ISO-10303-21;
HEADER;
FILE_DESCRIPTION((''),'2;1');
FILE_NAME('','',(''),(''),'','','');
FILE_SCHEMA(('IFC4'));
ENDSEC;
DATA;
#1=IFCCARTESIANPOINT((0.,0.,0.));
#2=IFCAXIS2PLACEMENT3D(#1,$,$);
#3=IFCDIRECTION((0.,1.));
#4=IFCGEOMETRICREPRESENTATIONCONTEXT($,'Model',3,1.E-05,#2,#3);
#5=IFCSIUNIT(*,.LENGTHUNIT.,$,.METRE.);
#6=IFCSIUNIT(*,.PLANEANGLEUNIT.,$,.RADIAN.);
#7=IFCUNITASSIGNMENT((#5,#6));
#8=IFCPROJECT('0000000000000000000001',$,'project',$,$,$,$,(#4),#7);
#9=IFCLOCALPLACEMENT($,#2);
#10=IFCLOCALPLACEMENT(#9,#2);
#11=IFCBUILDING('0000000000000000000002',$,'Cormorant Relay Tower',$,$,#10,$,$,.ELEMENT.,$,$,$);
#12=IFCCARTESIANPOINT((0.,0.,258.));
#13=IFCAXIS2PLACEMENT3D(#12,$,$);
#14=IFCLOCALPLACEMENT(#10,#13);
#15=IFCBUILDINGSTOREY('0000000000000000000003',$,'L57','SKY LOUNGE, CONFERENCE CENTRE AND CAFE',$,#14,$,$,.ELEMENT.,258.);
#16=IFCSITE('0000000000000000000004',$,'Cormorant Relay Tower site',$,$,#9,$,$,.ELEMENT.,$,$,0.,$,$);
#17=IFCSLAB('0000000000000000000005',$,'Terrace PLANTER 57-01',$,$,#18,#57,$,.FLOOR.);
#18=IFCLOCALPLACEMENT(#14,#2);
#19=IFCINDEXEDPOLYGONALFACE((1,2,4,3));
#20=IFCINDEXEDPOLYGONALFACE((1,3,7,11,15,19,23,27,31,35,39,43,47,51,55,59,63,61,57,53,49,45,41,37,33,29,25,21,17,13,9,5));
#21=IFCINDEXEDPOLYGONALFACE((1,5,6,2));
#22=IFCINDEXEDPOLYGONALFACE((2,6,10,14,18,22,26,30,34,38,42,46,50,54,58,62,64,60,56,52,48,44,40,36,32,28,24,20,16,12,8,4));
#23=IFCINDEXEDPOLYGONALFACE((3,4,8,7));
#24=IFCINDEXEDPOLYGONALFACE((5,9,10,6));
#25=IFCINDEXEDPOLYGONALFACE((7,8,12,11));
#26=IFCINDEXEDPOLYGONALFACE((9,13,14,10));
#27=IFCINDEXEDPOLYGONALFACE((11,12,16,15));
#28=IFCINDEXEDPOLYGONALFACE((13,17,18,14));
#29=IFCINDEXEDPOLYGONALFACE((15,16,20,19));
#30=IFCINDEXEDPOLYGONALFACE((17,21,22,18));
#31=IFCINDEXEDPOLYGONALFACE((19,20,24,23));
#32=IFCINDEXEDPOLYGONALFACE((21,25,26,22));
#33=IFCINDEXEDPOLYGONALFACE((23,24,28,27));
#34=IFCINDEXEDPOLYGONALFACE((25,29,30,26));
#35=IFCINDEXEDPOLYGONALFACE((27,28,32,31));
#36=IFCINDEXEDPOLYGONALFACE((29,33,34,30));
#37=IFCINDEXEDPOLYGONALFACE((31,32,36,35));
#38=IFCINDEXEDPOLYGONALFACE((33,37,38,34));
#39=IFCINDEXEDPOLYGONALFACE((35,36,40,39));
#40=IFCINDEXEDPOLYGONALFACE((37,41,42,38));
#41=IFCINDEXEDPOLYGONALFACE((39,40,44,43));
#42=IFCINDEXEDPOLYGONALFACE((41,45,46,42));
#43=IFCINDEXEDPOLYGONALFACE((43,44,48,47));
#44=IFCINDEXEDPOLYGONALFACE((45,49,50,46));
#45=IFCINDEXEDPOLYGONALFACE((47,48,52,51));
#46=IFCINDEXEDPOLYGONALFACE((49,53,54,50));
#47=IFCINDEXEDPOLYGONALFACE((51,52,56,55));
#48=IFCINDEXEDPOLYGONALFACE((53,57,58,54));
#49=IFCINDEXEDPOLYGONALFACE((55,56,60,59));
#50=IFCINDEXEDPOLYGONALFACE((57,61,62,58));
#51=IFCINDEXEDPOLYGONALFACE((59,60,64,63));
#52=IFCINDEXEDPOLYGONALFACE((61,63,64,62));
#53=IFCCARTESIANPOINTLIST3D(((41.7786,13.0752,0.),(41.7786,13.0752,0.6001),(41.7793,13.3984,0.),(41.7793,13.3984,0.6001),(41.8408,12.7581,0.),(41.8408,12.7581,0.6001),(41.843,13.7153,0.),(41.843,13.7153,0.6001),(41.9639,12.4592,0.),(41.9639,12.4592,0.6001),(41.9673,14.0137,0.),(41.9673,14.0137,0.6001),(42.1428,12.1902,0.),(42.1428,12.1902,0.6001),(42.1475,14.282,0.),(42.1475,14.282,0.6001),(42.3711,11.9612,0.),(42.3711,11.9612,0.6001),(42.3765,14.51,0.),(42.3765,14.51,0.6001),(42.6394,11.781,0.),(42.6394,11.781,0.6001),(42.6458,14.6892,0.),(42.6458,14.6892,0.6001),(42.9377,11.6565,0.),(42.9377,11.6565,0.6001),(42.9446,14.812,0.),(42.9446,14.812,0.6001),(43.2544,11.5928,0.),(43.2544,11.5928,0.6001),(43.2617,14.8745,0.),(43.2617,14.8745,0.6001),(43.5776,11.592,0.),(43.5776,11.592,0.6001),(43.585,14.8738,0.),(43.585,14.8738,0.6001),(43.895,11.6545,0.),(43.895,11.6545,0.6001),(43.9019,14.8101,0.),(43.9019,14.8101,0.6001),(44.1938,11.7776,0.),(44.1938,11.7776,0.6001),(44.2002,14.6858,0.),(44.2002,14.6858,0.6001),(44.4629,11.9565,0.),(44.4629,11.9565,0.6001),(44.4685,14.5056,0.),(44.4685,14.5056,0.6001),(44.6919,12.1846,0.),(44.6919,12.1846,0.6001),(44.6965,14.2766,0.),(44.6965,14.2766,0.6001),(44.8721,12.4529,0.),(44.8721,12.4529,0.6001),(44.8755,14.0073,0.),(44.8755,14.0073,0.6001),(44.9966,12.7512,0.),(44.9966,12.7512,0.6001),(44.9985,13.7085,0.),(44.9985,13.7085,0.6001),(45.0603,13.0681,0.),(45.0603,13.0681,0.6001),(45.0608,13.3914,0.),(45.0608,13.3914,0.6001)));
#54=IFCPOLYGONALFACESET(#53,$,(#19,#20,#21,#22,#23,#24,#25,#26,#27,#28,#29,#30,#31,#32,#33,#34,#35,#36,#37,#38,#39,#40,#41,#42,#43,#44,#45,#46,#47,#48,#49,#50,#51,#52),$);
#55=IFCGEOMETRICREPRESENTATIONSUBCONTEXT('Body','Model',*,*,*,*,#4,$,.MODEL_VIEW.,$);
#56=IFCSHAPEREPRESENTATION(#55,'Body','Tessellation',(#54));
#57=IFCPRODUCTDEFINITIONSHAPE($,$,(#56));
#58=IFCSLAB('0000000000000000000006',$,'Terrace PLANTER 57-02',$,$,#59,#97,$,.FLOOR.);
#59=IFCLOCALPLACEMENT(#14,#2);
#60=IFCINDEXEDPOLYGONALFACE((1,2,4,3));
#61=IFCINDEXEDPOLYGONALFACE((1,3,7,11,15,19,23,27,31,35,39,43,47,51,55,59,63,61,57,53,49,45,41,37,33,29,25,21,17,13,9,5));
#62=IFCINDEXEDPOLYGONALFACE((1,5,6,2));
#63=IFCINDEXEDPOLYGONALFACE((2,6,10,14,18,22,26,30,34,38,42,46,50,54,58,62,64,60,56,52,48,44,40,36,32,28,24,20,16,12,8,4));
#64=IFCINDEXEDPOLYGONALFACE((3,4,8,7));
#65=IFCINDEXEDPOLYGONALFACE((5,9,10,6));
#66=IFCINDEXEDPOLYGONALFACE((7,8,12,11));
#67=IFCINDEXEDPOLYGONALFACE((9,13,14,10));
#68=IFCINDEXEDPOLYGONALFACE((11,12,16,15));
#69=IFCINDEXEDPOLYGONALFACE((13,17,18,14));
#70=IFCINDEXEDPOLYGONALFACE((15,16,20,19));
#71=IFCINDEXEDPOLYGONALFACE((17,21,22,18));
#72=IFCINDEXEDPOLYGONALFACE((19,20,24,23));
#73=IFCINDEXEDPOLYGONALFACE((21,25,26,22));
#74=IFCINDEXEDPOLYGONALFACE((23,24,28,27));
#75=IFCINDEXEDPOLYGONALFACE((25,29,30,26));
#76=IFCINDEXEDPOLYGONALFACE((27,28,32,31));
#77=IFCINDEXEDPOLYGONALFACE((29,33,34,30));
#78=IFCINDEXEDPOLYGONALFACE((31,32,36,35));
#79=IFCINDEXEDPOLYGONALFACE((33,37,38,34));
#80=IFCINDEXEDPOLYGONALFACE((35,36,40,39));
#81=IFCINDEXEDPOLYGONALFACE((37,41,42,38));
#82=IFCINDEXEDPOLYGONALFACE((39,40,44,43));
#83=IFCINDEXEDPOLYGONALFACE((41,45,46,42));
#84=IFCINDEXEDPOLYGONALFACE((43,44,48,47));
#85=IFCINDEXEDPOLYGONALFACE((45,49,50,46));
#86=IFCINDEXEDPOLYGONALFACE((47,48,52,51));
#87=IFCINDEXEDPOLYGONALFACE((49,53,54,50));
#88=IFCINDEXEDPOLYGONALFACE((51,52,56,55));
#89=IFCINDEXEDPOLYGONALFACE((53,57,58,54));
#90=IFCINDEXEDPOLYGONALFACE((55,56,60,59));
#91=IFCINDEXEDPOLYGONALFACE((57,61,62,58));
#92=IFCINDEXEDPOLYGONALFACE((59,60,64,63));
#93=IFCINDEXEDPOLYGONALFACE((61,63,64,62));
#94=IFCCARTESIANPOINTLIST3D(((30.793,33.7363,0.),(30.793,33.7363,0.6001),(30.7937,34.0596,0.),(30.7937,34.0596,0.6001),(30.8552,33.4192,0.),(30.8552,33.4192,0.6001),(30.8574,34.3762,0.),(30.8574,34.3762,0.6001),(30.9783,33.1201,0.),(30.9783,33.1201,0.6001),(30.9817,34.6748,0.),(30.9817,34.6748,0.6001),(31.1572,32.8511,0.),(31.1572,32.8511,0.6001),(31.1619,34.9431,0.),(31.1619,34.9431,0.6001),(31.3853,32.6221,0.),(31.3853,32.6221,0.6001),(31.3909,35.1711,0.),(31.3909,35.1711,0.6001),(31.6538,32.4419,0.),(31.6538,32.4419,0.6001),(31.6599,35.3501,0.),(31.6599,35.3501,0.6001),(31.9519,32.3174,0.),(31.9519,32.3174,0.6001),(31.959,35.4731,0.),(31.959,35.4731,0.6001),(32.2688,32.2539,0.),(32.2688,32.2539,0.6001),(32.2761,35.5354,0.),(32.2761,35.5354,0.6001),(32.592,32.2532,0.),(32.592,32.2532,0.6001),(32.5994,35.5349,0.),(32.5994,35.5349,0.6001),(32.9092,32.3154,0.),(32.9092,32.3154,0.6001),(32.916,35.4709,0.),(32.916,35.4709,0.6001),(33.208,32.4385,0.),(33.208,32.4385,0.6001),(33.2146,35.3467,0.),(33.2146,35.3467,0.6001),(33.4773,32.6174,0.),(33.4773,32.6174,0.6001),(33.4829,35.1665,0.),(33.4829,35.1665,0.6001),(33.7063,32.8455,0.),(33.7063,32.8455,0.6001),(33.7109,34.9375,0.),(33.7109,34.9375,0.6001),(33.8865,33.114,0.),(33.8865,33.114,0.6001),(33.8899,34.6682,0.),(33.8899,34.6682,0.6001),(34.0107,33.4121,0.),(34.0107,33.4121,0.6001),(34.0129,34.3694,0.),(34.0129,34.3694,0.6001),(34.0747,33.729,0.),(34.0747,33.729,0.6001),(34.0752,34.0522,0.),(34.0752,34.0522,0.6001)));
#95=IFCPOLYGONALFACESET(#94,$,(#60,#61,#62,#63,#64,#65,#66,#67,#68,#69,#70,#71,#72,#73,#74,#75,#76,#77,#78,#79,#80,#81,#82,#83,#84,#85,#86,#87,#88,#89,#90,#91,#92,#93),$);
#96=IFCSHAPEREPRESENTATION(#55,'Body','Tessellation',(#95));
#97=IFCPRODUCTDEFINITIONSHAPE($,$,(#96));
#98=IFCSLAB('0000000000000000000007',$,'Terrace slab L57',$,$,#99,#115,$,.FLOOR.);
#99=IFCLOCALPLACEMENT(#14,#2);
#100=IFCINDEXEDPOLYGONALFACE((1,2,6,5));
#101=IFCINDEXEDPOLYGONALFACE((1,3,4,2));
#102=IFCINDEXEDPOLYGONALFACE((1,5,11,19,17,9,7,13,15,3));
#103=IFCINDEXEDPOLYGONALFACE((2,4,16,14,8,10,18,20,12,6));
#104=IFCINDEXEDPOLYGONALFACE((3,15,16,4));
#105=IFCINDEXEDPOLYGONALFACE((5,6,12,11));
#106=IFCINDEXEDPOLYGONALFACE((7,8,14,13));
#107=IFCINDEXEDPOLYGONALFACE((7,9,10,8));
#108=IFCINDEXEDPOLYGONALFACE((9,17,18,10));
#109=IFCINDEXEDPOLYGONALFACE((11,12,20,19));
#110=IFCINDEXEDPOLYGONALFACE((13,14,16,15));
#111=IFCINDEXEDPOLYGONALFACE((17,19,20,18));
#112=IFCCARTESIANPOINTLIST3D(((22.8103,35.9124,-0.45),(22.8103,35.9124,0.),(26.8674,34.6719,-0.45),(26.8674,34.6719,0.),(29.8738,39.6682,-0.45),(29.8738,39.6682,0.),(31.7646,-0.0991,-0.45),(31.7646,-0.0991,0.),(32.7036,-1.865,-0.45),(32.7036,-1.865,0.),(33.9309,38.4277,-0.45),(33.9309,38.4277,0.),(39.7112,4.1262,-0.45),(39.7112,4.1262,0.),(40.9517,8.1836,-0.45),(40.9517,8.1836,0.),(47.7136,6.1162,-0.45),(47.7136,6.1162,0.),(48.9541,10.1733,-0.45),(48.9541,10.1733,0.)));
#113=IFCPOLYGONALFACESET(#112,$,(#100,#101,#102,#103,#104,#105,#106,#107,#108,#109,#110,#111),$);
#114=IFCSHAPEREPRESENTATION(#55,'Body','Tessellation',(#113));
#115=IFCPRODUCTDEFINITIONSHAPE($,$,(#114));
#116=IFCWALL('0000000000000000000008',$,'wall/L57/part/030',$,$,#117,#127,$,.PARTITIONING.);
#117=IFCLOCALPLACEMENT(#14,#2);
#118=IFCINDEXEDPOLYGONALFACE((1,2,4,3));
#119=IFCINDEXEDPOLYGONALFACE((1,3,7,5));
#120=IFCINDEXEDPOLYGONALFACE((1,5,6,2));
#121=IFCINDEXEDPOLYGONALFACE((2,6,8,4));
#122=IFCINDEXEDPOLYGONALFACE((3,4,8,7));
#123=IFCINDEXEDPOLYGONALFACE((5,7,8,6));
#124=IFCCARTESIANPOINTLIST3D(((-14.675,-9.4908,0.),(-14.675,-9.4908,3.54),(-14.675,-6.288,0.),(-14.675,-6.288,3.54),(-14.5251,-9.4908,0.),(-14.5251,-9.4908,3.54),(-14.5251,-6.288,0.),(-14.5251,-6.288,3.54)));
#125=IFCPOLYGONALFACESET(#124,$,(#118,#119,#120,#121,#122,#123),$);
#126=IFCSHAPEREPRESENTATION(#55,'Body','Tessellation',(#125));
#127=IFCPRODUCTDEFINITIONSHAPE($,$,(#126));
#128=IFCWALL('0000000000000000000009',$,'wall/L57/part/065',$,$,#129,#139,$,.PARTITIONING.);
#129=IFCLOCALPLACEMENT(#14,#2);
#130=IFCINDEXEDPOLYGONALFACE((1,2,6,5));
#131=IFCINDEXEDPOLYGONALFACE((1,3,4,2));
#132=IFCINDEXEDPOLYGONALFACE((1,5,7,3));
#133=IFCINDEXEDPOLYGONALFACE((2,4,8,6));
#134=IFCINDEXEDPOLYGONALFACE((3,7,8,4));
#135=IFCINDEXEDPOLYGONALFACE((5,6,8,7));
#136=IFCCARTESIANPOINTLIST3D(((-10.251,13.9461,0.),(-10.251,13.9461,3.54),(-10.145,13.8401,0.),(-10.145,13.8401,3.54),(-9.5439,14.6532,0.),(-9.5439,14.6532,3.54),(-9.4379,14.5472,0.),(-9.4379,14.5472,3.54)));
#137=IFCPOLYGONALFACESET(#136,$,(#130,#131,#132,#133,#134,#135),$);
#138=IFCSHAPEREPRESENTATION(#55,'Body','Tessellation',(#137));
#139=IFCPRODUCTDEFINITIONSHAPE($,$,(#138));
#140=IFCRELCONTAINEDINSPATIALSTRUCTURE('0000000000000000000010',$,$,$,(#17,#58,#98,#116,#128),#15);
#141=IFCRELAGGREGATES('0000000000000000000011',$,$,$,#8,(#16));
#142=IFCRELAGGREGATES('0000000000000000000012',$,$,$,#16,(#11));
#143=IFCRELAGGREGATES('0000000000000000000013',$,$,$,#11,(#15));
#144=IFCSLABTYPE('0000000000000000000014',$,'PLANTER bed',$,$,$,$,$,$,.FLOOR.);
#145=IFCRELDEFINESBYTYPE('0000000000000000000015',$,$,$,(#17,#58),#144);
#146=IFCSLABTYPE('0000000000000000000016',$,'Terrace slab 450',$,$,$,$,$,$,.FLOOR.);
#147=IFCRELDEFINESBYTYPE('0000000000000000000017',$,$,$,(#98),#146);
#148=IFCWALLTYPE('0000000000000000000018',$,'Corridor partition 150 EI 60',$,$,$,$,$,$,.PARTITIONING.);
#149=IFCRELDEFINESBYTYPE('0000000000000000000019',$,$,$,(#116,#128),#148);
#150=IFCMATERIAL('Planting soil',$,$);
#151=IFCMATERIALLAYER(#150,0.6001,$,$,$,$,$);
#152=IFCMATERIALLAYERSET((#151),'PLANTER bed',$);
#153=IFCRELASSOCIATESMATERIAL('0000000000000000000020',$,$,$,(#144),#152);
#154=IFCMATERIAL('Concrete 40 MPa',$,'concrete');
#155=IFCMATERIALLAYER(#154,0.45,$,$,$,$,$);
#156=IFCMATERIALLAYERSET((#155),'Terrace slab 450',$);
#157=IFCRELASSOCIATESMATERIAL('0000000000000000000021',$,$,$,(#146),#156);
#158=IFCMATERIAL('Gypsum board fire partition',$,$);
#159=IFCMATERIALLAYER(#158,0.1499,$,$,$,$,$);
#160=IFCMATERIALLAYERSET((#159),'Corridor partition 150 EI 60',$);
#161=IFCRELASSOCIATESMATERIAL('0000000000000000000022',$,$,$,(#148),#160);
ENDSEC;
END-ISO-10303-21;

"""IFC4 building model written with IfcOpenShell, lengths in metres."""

from ifc_helpers import new_model, si_unit, direction, frame, frame_2d, origin, place, context, subcontext, project, spatial, polyline, rectangle, outline, extrude, material, layer, layer_set, type_object, element, save


model = new_model("IFC4")

# Units and contexts
model_context = context("Model", 3, precision=1e-05, world=origin(), true_north=direction((0.0, 1.0)))
body_context = subcontext(model_context, "Body", "Model", "MODEL_VIEW")
ifc_project = project(units=[si_unit("LENGTHUNIT", "METRE"), si_unit("PLANEANGLEUNIT", "RADIAN")], contexts=[model_context])

# Site, building, storey
site_placement = place(None, origin())
site = spatial("IfcSite", under=ifc_project, at=site_placement, Name="Cormorant Relay Tower site", CompositionType="ELEMENT", RefElevation=0.0)
building_placement = place(site_placement, origin())
building = spatial("IfcBuilding", under=site, at=building_placement, Name="Cormorant Relay Tower", CompositionType="ELEMENT")
storey_placement = place(building_placement, frame((0.0, 0.0, 258.0)))
storey = spatial("IfcBuildingStorey", under=building, at=storey_placement, Name="L57", Description="SKY LOUNGE, CONFERENCE CENTRE AND CAFE", CompositionType="ELEMENT", Elevation=258.0)

# Slabs
ifc_material_1 = material(Name="Planting soil")
ifc_layer_1 = layer(ifc_material_1, 0.6001)
ifc_layer_set_1 = layer_set([ifc_layer_1], Name="PLANTER bed")
slab_type_1 = type_object("IfcSlabType", Name="PLANTER bed", PredefinedType="FLOOR", material=ifc_layer_set_1)
slab_1_placement = place(storey_placement, origin())
element("IfcSlab", 1, at=slab_1_placement, inside=storey, type_object=slab_type_1, Name="Terrace PLANTER 57-01", PredefinedType="FLOOR", context=body_context, shape_type="SweptSolid", body=[
    extrude(outline(polyline([(43.5776, 11.592), (43.895, 11.6545), (44.1938, 11.7776), (44.4629, 11.9565), (44.6919, 12.1846), (44.8721, 12.4529), (44.9966, 12.7512), (45.0603, 13.0681), (45.0608, 13.3914), (44.9985, 13.7085), (44.8755, 14.0073), (44.6965, 14.2766), (44.4685, 14.5056), (44.2002, 14.6858), (43.9019, 14.8101), (43.585, 14.8738), (43.2617, 14.8745), (42.9446, 14.812), (42.6458, 14.6892), (42.3765, 14.51), (42.1475, 14.282), (41.9673, 14.0137), (41.843, 13.7153), (41.7793, 13.3984), (41.7786, 13.0752), (41.8408, 12.7581), (41.9639, 12.4592), (42.1428, 12.1902), (42.3711, 11.9612), (42.6394, 11.781), (42.9377, 11.6565), (43.2544, 11.5928), (43.5776, 11.592)])), origin(), (0.0, 0.0, 1.0), 0.6001),
])
slab_2_placement = place(storey_placement, origin())
element("IfcSlab", 2, at=slab_2_placement, inside=storey, type_object=slab_type_1, Name="Terrace PLANTER 57-02", PredefinedType="FLOOR", context=body_context, shape_type="SweptSolid", body=[
    extrude(outline(polyline([(32.592, 32.2532), (32.9092, 32.3154), (33.208, 32.4385), (33.4773, 32.6174), (33.7063, 32.8455), (33.8865, 33.114), (34.0107, 33.4121), (34.0747, 33.729), (34.0752, 34.0522), (34.0129, 34.3694), (33.8899, 34.6682), (33.7109, 34.9375), (33.4829, 35.1665), (33.2146, 35.3467), (32.916, 35.4709), (32.5994, 35.5349), (32.2761, 35.5354), (31.959, 35.4731), (31.6599, 35.3501), (31.3909, 35.1711), (31.1619, 34.9431), (30.9817, 34.6748), (30.8574, 34.3762), (30.7937, 34.0596), (30.793, 33.7363), (30.8552, 33.4192), (30.9783, 33.1201), (31.1572, 32.8511), (31.3853, 32.6221), (31.6538, 32.4419), (31.9519, 32.3174), (32.2688, 32.2539), (32.592, 32.2532)])), origin(), (0.0, 0.0, 1.0), 0.6001),
])
ifc_material_2 = material(Name="Concrete 40 MPa", Category="concrete")
ifc_layer_2 = layer(ifc_material_2, 0.45)
ifc_layer_set_2 = layer_set([ifc_layer_2], Name="Terrace slab 450")
slab_type_2 = type_object("IfcSlabType", Name="Terrace slab 450", PredefinedType="FLOOR", material=ifc_layer_set_2)
slab_3_placement = place(storey_placement, frame((0.0, 0.0, -0.45)))
element("IfcSlab", 3, at=slab_3_placement, inside=storey, type_object=slab_type_2, Name="Terrace slab L57", PredefinedType="FLOOR", context=body_context, shape_type="SweptSolid", body=[
    extrude(outline(polyline([(29.8738, 39.6682), (33.9309, 38.4277), (48.9541, 10.1733), (47.7136, 6.1162), (32.7036, -1.865), (31.7646, -0.0991), (39.7112, 4.1262), (40.9517, 8.1836), (26.8674, 34.6719), (22.8103, 35.9124), (29.8738, 39.6682)])), origin(), (0.0, 0.0, 1.0), 0.45),
])

# Walls
ifc_material_3 = material(Name="Gypsum board fire partition")
ifc_layer_3 = layer(ifc_material_3, 0.1499)
ifc_layer_set_3 = layer_set([ifc_layer_3], Name="Corridor partition 150 EI 60")
wall_type = type_object("IfcWallType", Name="Corridor partition 150 EI 60", PredefinedType="PARTITIONING", material=ifc_layer_set_3)
wall_1_placement = place(storey_placement, frame((-14.6001, -9.491, 0.0), z_axis=(0.0, 0.0, 1.0), x_axis=(0.0, 1.0, 0.0)))
element("IfcWall", 4, at=wall_1_placement, inside=storey, type_object=wall_type, Name="wall/L57/part/030", PredefinedType="PARTITIONING", context=body_context, shape_type="SweptSolid", body=[
    extrude(rectangle(XDim=3.2029, YDim=0.1499, at=frame_2d((1.6016, 0.0))), origin(), (0.0, 0.0, 1.0), 3.54),
])
wall_2_placement = place(storey_placement, frame((-10.198, 13.8931, 0.0), z_axis=(0.0, 0.0, 1.0), x_axis=(0.707107, 0.707107, 0.0)))
element("IfcWall", 5, at=wall_2_placement, inside=storey, type_object=wall_type, Name="wall/L57/part/065", PredefinedType="PARTITIONING", context=body_context, shape_type="SweptSolid", body=[
    extrude(rectangle(XDim=1.0, YDim=0.1499, at=frame_2d((0.5, 0.0))), origin(), (0.0, 0.0, 1.0), 3.54),
])

save(model, "model.ifc")
